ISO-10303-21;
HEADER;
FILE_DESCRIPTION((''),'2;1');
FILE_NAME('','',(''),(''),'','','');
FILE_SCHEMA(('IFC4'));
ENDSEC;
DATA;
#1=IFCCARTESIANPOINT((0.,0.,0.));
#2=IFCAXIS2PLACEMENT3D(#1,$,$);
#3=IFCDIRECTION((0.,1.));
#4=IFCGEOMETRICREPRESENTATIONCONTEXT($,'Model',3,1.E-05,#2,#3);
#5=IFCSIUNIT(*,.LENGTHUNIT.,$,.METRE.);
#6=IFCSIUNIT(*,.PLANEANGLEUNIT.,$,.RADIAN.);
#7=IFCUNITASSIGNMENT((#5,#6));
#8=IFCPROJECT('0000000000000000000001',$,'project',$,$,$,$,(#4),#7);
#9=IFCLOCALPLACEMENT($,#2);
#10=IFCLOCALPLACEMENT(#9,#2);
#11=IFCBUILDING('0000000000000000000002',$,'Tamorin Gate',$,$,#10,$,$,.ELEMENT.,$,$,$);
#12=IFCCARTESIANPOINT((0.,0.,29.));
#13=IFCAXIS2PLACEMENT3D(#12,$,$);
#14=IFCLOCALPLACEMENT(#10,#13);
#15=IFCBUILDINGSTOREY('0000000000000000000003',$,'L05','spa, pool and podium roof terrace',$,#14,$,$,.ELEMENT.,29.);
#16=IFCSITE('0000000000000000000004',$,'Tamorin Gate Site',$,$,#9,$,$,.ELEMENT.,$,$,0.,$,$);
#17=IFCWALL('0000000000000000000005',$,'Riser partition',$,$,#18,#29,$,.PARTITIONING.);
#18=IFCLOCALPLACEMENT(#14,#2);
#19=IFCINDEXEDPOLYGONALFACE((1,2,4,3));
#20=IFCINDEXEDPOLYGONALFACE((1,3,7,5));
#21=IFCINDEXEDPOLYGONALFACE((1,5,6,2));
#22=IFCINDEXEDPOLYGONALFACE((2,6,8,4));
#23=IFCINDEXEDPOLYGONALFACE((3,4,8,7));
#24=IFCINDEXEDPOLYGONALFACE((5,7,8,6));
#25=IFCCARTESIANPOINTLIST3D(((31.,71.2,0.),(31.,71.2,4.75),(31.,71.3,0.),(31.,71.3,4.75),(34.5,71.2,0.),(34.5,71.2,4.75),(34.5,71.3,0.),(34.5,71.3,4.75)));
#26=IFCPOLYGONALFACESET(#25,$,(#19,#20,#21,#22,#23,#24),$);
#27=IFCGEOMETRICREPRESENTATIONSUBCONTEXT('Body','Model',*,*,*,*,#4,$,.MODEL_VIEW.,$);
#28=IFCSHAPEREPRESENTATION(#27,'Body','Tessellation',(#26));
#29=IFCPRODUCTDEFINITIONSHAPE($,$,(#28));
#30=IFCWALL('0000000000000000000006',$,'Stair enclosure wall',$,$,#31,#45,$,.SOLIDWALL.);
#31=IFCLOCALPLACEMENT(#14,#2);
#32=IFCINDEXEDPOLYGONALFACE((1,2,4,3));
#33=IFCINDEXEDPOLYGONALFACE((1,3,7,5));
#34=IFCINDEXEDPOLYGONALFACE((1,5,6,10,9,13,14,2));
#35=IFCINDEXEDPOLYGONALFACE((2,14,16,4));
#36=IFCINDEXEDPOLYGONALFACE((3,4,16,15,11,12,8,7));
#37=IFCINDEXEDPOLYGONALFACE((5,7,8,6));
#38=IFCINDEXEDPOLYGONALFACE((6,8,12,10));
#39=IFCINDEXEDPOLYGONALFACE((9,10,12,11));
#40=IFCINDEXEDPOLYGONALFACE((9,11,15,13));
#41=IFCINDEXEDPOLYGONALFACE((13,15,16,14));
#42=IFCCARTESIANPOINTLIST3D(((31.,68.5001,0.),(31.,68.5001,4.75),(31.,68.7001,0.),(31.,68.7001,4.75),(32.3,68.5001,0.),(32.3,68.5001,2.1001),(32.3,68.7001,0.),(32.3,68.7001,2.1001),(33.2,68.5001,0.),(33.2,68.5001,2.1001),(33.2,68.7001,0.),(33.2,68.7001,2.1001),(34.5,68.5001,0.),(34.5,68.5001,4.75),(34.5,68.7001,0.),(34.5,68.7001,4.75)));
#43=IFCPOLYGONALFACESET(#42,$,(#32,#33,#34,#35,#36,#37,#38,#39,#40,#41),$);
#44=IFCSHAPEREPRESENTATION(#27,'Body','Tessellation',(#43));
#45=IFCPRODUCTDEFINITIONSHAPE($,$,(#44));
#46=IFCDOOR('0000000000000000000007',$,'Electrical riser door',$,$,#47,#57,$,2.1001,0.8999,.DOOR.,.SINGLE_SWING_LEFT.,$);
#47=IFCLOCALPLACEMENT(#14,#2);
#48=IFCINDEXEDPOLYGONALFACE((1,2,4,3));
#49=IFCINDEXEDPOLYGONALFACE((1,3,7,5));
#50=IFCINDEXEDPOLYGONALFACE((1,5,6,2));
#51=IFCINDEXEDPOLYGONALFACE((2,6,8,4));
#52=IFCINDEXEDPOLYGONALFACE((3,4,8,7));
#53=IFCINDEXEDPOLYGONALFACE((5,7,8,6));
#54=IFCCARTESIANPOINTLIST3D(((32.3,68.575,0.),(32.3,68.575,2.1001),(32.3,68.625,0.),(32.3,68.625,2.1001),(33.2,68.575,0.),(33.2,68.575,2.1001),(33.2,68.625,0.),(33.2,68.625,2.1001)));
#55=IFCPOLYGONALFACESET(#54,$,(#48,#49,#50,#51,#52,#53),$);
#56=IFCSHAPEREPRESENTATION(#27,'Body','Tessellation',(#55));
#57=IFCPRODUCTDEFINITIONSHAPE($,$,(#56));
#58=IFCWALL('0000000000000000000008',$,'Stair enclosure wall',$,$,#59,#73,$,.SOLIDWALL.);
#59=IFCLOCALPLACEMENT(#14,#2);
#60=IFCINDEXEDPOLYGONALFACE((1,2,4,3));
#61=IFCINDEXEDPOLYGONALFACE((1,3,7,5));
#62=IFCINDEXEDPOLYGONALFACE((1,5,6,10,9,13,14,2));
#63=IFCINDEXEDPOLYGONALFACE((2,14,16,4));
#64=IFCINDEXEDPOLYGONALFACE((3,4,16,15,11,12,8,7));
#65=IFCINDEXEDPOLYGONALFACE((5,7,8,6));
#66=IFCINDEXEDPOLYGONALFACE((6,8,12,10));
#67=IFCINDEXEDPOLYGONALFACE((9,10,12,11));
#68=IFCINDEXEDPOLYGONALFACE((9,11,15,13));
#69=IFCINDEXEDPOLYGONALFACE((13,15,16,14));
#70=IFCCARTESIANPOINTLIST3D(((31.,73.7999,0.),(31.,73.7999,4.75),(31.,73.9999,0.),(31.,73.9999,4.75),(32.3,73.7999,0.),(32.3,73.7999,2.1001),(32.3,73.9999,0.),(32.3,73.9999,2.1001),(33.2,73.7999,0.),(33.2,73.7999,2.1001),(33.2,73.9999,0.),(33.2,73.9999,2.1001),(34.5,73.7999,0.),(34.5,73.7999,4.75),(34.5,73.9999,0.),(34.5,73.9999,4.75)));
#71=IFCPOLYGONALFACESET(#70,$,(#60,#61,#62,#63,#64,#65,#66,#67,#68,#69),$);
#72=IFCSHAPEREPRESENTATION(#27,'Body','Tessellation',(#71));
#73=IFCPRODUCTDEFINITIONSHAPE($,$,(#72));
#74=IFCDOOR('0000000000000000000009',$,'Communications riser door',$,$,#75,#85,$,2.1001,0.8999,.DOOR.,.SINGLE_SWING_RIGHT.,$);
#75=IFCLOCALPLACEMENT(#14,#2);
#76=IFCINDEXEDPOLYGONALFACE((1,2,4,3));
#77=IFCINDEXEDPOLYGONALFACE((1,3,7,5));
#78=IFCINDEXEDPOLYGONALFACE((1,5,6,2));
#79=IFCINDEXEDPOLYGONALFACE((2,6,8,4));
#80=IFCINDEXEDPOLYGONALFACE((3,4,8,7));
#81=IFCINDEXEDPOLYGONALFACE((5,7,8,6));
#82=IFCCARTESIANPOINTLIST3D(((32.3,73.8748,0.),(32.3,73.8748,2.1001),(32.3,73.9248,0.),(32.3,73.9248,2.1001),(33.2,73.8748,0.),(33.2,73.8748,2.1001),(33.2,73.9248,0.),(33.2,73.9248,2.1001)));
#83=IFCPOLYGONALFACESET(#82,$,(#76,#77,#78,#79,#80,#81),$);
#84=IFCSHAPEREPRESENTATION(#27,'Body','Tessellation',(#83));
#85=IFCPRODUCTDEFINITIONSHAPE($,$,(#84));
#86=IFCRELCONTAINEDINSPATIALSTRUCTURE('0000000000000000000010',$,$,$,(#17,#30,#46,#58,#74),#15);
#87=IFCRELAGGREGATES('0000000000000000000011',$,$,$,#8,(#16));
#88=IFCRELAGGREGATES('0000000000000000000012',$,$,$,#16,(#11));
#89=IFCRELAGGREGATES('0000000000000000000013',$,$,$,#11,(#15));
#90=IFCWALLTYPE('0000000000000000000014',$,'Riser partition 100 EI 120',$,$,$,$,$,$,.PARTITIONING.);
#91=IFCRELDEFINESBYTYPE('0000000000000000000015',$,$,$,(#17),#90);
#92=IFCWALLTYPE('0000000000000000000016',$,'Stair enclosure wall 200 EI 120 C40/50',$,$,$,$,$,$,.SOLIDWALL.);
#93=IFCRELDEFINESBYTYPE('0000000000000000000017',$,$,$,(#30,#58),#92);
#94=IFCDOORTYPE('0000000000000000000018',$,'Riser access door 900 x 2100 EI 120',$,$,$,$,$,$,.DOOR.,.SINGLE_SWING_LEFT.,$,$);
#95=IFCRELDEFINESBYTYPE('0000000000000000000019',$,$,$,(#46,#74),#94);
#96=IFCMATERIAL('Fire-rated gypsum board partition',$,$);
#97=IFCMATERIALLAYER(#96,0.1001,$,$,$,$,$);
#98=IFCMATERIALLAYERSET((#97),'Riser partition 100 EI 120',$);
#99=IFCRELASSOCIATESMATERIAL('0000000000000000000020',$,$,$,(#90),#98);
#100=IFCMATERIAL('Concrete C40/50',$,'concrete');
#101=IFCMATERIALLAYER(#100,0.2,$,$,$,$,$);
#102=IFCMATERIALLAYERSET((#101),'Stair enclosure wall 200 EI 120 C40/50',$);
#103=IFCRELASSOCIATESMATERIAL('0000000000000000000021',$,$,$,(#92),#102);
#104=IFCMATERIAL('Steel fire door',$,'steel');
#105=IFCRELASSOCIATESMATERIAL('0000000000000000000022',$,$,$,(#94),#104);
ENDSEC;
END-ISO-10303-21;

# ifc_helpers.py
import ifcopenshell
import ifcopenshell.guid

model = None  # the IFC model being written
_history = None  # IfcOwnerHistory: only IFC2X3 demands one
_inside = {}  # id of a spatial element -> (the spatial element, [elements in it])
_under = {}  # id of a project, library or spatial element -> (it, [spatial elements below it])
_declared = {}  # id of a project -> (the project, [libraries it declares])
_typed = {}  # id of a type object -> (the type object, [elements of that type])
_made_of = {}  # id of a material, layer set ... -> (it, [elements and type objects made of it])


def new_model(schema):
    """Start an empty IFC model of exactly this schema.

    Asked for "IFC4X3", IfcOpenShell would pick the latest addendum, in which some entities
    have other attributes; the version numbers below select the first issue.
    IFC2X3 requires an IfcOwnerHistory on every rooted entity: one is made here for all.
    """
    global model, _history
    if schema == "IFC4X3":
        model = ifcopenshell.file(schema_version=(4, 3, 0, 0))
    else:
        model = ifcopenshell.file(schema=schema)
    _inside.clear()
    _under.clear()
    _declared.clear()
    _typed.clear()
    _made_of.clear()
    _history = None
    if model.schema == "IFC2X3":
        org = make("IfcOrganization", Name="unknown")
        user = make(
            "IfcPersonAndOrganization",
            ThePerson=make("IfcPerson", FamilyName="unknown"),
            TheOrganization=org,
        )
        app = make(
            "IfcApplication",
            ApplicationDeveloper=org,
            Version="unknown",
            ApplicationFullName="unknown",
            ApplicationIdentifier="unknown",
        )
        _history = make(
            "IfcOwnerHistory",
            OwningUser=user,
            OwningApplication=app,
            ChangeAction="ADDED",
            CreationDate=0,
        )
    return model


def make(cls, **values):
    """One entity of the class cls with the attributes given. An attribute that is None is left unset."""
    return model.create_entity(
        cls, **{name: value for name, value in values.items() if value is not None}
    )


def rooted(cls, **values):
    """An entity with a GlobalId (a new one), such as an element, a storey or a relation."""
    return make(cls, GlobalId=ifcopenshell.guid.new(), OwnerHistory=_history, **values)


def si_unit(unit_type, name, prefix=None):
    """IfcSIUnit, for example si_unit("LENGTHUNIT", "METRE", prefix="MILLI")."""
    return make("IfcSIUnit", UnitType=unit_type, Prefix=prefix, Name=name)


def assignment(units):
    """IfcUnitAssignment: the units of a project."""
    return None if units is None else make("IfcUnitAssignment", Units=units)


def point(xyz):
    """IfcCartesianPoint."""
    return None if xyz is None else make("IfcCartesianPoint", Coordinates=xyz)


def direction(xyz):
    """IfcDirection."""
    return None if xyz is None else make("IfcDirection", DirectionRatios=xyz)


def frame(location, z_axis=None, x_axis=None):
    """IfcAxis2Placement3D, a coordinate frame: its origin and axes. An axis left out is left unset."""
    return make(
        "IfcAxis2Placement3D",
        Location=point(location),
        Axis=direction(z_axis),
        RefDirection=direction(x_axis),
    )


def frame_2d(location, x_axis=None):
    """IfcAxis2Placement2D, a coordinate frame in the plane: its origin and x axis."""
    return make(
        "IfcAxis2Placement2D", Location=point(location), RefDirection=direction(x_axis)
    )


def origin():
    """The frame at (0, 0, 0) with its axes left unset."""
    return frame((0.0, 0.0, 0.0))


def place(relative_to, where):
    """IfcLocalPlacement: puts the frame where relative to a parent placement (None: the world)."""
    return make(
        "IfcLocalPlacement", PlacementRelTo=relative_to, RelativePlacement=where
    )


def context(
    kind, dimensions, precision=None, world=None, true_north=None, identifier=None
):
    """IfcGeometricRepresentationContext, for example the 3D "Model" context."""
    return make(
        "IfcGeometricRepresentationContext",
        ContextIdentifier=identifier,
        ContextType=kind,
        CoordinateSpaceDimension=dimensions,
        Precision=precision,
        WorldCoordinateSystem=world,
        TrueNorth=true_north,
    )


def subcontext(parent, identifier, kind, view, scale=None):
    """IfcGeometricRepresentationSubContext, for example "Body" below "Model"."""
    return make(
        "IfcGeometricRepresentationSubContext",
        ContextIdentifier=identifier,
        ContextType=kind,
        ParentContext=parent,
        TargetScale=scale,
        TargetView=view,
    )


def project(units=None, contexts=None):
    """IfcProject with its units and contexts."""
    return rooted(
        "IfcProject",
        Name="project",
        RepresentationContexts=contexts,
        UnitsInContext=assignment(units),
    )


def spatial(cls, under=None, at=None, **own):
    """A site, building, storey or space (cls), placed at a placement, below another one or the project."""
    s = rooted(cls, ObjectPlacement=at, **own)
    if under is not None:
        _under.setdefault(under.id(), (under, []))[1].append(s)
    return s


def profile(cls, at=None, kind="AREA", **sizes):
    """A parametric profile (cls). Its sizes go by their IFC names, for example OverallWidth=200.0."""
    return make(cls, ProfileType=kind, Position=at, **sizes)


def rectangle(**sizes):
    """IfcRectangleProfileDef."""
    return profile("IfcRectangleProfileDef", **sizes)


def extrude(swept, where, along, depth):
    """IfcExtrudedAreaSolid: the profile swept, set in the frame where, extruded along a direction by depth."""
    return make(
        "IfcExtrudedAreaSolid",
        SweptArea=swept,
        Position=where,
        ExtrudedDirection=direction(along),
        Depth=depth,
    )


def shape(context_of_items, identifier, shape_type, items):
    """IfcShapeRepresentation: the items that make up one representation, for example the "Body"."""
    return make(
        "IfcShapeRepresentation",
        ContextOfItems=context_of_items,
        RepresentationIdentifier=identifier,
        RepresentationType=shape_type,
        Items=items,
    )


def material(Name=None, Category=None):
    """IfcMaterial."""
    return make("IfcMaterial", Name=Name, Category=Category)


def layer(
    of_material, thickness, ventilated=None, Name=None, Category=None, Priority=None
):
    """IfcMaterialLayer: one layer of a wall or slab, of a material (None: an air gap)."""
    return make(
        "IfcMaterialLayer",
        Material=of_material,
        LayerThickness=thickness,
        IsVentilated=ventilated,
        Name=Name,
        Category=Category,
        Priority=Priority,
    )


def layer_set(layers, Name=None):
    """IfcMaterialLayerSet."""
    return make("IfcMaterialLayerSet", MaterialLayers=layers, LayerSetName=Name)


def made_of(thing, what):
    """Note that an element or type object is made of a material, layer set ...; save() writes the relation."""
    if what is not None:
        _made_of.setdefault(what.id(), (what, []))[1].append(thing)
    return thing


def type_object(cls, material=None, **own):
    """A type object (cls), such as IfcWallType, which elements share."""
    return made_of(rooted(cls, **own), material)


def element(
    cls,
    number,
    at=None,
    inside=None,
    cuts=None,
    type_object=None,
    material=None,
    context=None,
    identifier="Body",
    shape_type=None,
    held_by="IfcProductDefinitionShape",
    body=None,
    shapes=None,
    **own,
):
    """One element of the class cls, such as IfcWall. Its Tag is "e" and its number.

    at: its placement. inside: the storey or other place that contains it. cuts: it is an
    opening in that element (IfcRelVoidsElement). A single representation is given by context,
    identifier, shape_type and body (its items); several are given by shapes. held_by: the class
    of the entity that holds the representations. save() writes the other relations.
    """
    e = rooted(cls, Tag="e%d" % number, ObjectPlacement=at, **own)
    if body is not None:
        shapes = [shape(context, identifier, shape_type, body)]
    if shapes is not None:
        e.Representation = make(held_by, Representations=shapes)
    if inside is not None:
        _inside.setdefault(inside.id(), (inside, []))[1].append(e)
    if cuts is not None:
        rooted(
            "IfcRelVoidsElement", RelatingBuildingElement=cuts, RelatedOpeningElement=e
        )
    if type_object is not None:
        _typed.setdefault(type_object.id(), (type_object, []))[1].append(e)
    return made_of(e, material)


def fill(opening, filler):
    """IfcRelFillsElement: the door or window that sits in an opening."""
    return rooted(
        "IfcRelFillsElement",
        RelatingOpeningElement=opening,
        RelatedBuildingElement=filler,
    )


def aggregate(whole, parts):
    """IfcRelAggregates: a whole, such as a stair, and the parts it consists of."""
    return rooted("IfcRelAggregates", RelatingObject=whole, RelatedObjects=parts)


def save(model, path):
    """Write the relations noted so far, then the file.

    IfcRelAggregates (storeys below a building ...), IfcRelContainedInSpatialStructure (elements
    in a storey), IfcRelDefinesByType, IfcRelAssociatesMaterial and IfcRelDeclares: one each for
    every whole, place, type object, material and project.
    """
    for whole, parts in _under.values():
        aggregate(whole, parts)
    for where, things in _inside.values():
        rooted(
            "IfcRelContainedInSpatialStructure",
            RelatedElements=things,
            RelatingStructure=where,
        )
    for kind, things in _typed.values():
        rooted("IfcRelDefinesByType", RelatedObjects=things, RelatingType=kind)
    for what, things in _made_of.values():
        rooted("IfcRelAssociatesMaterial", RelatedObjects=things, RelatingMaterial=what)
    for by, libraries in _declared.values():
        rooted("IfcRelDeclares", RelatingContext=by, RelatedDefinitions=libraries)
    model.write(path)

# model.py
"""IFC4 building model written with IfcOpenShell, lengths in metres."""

from ifc_helpers import new_model, si_unit, direction, frame, frame_2d, origin, place, context, subcontext, project, spatial, rectangle, extrude, material, layer, layer_set, type_object, element, fill, save


model = new_model("IFC4")

# Units and contexts
model_context = context("Model", 3, precision=1e-05, world=origin(), true_north=direction((0.0, 1.0)))
body_context = subcontext(model_context, "Body", "Model", "MODEL_VIEW")
ifc_project = project(units=[si_unit("LENGTHUNIT", "METRE"), si_unit("PLANEANGLEUNIT", "RADIAN")], contexts=[model_context])

# Site, building, storey
site_placement = place(None, origin())
site = spatial("IfcSite", under=ifc_project, at=site_placement, Name="Tamorin Gate Site", CompositionType="ELEMENT", RefElevation=0.0)
building_placement = place(site_placement, origin())
building = spatial("IfcBuilding", under=site, at=building_placement, Name="Tamorin Gate", CompositionType="ELEMENT")
storey_placement = place(building_placement, frame((0.0, 0.0, 29.0)))
storey = spatial("IfcBuildingStorey", under=building, at=storey_placement, Name="L05", Description="spa, pool and podium roof terrace", CompositionType="ELEMENT", Elevation=29.0)

# Wall
ifc_material_1 = material(Name="Fire-rated gypsum board partition")
ifc_layer_1 = layer(ifc_material_1, 0.1001)
ifc_layer_set_1 = layer_set([ifc_layer_1], Name="Riser partition 100 EI 120")
wall_type_1 = type_object("IfcWallType", Name="Riser partition 100 EI 120", PredefinedType="PARTITIONING", material=ifc_layer_set_1)
wall_1_placement = place(storey_placement, frame((31.0, 71.25, 0.0), z_axis=(0.0, 0.0, 1.0), x_axis=(1.0, 0.0, 0.0)))
element("IfcWall", 1, at=wall_1_placement, inside=storey, type_object=wall_type_1, Name="Riser partition", PredefinedType="PARTITIONING", context=body_context, shape_type="SweptSolid", body=[
    extrude(rectangle(XDim=3.5, YDim=0.1001, at=frame_2d((1.75, 0.0))), origin(), (0.0, 0.0, 1.0), 4.75),
])

# Walls, openings, doors
ifc_material_2 = material(Name="Concrete C40/50", Category="concrete")
ifc_layer_2 = layer(ifc_material_2, 0.2)
ifc_layer_set_2 = layer_set([ifc_layer_2], Name="Stair enclosure wall 200 EI 120 C40/50")
wall_type_2 = type_object("IfcWallType", Name="Stair enclosure wall 200 EI 120 C40/50", PredefinedType="SOLIDWALL", material=ifc_layer_set_2)
wall_2_placement = place(storey_placement, frame((31.0, 68.6001, 0.0), z_axis=(0.0, 0.0, 1.0), x_axis=(1.0, 0.0, 0.0)))
wall_2 = element("IfcWall", 2, at=wall_2_placement, inside=storey, type_object=wall_type_2, Name="Stair enclosure wall", PredefinedType="SOLIDWALL", context=body_context, shape_type="SweptSolid", body=[
    extrude(rectangle(XDim=3.5, YDim=0.2, at=frame_2d((1.75, 0.0))), origin(), (0.0, 0.0, 1.0), 4.75),
])
opening_1_placement = place(wall_2_placement, frame((1.3, 0.0, 0.0)))
opening_1 = element("IfcOpeningElement", 3, at=opening_1_placement, cuts=wall_2, PredefinedType="OPENING", context=body_context, shape_type="SweptSolid", body=[
    extrude(rectangle(XDim=0.8999, YDim=2.1001, at=frame_2d((0.45, 1.05))), frame((0.0, 0.1099, 0.0), z_axis=(0.0, -1.0, 0.0), x_axis=(1.0, 0.0, 0.0)), (0.0, 0.0, 1.0), 0.22),
])
ifc_material_3 = material(Name="Steel fire door", Category="steel")
door_type = type_object("IfcDoorType", Name="Riser access door 900 x 2100 EI 120", OperationType="SINGLE_SWING_LEFT", PredefinedType="DOOR", material=ifc_material_3)
door_1_placement = place(opening_1_placement, origin())
door_1 = element("IfcDoor", 4, at=door_1_placement, inside=storey, type_object=door_type, Name="Electrical riser door", OperationType="SINGLE_SWING_LEFT", OverallHeight=2.1001, OverallWidth=0.8999, PredefinedType="DOOR", context=body_context, shape_type="SweptSolid", body=[
    extrude(rectangle(XDim=0.8999, YDim=2.1001, at=frame_2d((0.45, 1.05))), frame((0.0, 0.0249, 0.0), z_axis=(0.0, -1.0, 0.0), x_axis=(1.0, 0.0, 0.0)), (0.0, 0.0, 1.0), 0.05),
])
fill(opening_1, door_1)
wall_3_placement = place(storey_placement, frame((31.0, 73.8999, 0.0), z_axis=(0.0, 0.0, 1.0), x_axis=(1.0, 0.0, 0.0)))
wall_3 = element("IfcWall", 5, at=wall_3_placement, inside=storey, type_object=wall_type_2, Name="Stair enclosure wall", PredefinedType="SOLIDWALL", context=body_context, shape_type="SweptSolid", body=[
    extrude(rectangle(XDim=3.5, YDim=0.2, at=frame_2d((1.75, 0.0))), origin(), (0.0, 0.0, 1.0), 4.75),
])
opening_2_placement = place(wall_3_placement, frame((1.3, 0.0, 0.0)))
opening_2 = element("IfcOpeningElement", 6, at=opening_2_placement, cuts=wall_3, PredefinedType="OPENING", context=body_context, shape_type="SweptSolid", body=[
    extrude(rectangle(XDim=0.8999, YDim=2.1001, at=frame_2d((0.45, 1.05))), frame((0.0, 0.1099, 0.0), z_axis=(0.0, -1.0, 0.0), x_axis=(1.0, 0.0, 0.0)), (0.0, 0.0, 1.0), 0.22),
])
door_2_placement = place(opening_2_placement, origin())
door_2 = element("IfcDoor", 7, at=door_2_placement, inside=storey, type_object=door_type, Name="Communications riser door", OperationType="SINGLE_SWING_RIGHT", OverallHeight=2.1001, OverallWidth=0.8999, PredefinedType="DOOR", context=body_context, shape_type="SweptSolid", body=[
    extrude(rectangle(XDim=0.8999, YDim=2.1001, at=frame_2d((0.45, 1.05))), frame((0.0, 0.0249, 0.0), z_axis=(0.0, -1.0, 0.0), x_axis=(1.0, 0.0, 0.0)), (0.0, 0.0, 1.0), 0.05),
])
fill(opening_2, door_2)

save(model, "model.ifc")
